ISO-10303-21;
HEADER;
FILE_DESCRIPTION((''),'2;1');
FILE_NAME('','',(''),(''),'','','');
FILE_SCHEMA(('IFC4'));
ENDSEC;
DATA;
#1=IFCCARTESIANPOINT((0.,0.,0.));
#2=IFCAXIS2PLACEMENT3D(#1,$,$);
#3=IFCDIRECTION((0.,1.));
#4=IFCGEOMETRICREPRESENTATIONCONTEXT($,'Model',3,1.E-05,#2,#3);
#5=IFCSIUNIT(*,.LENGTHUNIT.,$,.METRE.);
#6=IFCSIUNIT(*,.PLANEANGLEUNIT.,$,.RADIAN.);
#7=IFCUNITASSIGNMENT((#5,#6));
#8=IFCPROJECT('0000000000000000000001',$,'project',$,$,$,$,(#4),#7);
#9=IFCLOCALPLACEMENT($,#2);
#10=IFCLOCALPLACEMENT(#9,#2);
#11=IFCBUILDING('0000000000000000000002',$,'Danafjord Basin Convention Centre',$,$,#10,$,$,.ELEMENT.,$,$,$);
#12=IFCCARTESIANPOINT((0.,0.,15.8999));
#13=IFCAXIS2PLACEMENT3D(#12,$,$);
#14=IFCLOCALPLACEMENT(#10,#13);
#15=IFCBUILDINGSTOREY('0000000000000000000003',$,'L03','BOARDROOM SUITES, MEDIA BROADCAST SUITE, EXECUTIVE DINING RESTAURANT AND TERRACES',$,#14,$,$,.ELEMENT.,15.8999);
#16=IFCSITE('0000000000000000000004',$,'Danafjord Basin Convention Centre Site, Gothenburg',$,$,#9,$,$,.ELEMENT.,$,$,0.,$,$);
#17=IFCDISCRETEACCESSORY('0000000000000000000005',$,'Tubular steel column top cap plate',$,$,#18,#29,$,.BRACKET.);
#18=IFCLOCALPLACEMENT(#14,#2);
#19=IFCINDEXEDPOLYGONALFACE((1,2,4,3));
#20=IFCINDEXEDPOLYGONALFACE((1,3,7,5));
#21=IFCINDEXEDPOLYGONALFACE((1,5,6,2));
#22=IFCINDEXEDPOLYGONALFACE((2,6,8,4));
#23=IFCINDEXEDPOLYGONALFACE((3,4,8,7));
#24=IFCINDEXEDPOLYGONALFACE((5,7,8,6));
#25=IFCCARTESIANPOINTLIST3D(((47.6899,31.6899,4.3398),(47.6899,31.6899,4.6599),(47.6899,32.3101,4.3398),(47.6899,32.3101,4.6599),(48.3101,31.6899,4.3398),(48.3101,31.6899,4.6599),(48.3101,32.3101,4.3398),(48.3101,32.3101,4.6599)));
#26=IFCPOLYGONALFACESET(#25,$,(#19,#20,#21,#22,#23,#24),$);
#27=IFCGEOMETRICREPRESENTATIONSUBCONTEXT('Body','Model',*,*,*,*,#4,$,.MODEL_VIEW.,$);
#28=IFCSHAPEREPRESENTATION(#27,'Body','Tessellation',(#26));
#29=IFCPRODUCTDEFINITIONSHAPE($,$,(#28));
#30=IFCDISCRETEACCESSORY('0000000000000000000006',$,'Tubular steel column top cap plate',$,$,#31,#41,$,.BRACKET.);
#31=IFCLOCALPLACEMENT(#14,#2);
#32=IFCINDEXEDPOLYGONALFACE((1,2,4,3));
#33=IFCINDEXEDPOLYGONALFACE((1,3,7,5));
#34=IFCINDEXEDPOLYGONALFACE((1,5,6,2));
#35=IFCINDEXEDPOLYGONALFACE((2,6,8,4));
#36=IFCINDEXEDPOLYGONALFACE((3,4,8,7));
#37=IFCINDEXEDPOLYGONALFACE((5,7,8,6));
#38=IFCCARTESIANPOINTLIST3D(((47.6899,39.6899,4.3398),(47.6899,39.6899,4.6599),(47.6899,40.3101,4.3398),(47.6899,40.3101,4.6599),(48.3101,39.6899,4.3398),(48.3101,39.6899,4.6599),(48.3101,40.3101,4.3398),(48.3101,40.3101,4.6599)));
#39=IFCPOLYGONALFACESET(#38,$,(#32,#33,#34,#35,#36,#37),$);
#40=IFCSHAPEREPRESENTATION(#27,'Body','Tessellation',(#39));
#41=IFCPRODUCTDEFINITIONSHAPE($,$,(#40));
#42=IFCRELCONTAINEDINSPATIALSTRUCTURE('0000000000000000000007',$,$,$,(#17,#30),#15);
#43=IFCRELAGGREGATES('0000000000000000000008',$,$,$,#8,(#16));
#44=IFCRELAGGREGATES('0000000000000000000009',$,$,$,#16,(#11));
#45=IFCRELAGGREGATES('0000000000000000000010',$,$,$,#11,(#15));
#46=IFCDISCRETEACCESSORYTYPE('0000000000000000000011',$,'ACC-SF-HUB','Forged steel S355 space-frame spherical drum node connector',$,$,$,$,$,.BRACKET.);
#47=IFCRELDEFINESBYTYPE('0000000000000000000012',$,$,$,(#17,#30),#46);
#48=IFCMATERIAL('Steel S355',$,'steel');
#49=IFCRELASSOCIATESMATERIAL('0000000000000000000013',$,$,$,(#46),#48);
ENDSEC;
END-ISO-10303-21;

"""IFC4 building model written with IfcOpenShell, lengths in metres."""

from ifc_helpers import new_model, si_unit, direction, frame, origin, origin_2d, place, context, subcontext, project, spatial, rectangle, extrude, material, type_object, element, save


model = new_model("IFC4")

# Units and contexts
model_context = context("Model", 3, precision=1e-05, world=origin(), true_north=direction((0.0, 1.0)))
body_context = subcontext(model_context, "Body", "Model", "MODEL_VIEW")
ifc_project = project(units=[si_unit("LENGTHUNIT", "METRE"), si_unit("PLANEANGLEUNIT", "RADIAN")], contexts=[model_context])

# Site, building, storey
site_placement = place(None, origin())
site = spatial("IfcSite", under=ifc_project, at=site_placement, Name="Danafjord Basin Convention Centre Site, Gothenburg", CompositionType="ELEMENT", RefElevation=0.0)
building_placement = place(site_placement, origin())
building = spatial("IfcBuilding", under=site, at=building_placement, Name="Danafjord Basin Convention Centre", CompositionType="ELEMENT")
storey_placement = place(building_placement, frame((0.0, 0.0, 15.8999)))
storey = spatial("IfcBuildingStorey", under=building, at=storey_placement, Name="L03", Description="BOARDROOM SUITES, MEDIA BROADCAST SUITE, EXECUTIVE DINING RESTAURANT AND TERRACES", CompositionType="ELEMENT", Elevation=15.8999)

# Shared definitions
ifc_material_1 = material(Name="Steel S355", Category="steel")

# Discrete accessories
discrete_accessory_type = type_object("IfcDiscreteAccessoryType", Name="ACC-SF-HUB", Description="Forged steel S355 space-frame spherical drum node connector", PredefinedType="BRACKET", material=ifc_material_1)
for number, where, z_axis, x_axis, name in (
    (1, (48.0, 32.0, 4.3398), (0.0, 0.0, 1.0), (1.0, 0.0, 0.0), "Tubular steel column top cap plate"),
    (2, (48.0, 40.0, 4.3398), (0.0, 0.0, 1.0), (1.0, 0.0, 0.0), "Tubular steel column top cap plate"),
):
    element("IfcDiscreteAccessory", number, at=place(storey_placement, frame(where, z_axis=z_axis, x_axis=x_axis)), inside=storey, type_object=discrete_accessory_type, Name=name, PredefinedType="BRACKET", context=body_context, shape_type="SweptSolid", body=[
        extrude(rectangle(XDim=0.6201, YDim=0.6201, at=origin_2d()), origin(), (0.0, 0.0, 1.0), 0.3201),
    ])

save(model, "model.ifc")
